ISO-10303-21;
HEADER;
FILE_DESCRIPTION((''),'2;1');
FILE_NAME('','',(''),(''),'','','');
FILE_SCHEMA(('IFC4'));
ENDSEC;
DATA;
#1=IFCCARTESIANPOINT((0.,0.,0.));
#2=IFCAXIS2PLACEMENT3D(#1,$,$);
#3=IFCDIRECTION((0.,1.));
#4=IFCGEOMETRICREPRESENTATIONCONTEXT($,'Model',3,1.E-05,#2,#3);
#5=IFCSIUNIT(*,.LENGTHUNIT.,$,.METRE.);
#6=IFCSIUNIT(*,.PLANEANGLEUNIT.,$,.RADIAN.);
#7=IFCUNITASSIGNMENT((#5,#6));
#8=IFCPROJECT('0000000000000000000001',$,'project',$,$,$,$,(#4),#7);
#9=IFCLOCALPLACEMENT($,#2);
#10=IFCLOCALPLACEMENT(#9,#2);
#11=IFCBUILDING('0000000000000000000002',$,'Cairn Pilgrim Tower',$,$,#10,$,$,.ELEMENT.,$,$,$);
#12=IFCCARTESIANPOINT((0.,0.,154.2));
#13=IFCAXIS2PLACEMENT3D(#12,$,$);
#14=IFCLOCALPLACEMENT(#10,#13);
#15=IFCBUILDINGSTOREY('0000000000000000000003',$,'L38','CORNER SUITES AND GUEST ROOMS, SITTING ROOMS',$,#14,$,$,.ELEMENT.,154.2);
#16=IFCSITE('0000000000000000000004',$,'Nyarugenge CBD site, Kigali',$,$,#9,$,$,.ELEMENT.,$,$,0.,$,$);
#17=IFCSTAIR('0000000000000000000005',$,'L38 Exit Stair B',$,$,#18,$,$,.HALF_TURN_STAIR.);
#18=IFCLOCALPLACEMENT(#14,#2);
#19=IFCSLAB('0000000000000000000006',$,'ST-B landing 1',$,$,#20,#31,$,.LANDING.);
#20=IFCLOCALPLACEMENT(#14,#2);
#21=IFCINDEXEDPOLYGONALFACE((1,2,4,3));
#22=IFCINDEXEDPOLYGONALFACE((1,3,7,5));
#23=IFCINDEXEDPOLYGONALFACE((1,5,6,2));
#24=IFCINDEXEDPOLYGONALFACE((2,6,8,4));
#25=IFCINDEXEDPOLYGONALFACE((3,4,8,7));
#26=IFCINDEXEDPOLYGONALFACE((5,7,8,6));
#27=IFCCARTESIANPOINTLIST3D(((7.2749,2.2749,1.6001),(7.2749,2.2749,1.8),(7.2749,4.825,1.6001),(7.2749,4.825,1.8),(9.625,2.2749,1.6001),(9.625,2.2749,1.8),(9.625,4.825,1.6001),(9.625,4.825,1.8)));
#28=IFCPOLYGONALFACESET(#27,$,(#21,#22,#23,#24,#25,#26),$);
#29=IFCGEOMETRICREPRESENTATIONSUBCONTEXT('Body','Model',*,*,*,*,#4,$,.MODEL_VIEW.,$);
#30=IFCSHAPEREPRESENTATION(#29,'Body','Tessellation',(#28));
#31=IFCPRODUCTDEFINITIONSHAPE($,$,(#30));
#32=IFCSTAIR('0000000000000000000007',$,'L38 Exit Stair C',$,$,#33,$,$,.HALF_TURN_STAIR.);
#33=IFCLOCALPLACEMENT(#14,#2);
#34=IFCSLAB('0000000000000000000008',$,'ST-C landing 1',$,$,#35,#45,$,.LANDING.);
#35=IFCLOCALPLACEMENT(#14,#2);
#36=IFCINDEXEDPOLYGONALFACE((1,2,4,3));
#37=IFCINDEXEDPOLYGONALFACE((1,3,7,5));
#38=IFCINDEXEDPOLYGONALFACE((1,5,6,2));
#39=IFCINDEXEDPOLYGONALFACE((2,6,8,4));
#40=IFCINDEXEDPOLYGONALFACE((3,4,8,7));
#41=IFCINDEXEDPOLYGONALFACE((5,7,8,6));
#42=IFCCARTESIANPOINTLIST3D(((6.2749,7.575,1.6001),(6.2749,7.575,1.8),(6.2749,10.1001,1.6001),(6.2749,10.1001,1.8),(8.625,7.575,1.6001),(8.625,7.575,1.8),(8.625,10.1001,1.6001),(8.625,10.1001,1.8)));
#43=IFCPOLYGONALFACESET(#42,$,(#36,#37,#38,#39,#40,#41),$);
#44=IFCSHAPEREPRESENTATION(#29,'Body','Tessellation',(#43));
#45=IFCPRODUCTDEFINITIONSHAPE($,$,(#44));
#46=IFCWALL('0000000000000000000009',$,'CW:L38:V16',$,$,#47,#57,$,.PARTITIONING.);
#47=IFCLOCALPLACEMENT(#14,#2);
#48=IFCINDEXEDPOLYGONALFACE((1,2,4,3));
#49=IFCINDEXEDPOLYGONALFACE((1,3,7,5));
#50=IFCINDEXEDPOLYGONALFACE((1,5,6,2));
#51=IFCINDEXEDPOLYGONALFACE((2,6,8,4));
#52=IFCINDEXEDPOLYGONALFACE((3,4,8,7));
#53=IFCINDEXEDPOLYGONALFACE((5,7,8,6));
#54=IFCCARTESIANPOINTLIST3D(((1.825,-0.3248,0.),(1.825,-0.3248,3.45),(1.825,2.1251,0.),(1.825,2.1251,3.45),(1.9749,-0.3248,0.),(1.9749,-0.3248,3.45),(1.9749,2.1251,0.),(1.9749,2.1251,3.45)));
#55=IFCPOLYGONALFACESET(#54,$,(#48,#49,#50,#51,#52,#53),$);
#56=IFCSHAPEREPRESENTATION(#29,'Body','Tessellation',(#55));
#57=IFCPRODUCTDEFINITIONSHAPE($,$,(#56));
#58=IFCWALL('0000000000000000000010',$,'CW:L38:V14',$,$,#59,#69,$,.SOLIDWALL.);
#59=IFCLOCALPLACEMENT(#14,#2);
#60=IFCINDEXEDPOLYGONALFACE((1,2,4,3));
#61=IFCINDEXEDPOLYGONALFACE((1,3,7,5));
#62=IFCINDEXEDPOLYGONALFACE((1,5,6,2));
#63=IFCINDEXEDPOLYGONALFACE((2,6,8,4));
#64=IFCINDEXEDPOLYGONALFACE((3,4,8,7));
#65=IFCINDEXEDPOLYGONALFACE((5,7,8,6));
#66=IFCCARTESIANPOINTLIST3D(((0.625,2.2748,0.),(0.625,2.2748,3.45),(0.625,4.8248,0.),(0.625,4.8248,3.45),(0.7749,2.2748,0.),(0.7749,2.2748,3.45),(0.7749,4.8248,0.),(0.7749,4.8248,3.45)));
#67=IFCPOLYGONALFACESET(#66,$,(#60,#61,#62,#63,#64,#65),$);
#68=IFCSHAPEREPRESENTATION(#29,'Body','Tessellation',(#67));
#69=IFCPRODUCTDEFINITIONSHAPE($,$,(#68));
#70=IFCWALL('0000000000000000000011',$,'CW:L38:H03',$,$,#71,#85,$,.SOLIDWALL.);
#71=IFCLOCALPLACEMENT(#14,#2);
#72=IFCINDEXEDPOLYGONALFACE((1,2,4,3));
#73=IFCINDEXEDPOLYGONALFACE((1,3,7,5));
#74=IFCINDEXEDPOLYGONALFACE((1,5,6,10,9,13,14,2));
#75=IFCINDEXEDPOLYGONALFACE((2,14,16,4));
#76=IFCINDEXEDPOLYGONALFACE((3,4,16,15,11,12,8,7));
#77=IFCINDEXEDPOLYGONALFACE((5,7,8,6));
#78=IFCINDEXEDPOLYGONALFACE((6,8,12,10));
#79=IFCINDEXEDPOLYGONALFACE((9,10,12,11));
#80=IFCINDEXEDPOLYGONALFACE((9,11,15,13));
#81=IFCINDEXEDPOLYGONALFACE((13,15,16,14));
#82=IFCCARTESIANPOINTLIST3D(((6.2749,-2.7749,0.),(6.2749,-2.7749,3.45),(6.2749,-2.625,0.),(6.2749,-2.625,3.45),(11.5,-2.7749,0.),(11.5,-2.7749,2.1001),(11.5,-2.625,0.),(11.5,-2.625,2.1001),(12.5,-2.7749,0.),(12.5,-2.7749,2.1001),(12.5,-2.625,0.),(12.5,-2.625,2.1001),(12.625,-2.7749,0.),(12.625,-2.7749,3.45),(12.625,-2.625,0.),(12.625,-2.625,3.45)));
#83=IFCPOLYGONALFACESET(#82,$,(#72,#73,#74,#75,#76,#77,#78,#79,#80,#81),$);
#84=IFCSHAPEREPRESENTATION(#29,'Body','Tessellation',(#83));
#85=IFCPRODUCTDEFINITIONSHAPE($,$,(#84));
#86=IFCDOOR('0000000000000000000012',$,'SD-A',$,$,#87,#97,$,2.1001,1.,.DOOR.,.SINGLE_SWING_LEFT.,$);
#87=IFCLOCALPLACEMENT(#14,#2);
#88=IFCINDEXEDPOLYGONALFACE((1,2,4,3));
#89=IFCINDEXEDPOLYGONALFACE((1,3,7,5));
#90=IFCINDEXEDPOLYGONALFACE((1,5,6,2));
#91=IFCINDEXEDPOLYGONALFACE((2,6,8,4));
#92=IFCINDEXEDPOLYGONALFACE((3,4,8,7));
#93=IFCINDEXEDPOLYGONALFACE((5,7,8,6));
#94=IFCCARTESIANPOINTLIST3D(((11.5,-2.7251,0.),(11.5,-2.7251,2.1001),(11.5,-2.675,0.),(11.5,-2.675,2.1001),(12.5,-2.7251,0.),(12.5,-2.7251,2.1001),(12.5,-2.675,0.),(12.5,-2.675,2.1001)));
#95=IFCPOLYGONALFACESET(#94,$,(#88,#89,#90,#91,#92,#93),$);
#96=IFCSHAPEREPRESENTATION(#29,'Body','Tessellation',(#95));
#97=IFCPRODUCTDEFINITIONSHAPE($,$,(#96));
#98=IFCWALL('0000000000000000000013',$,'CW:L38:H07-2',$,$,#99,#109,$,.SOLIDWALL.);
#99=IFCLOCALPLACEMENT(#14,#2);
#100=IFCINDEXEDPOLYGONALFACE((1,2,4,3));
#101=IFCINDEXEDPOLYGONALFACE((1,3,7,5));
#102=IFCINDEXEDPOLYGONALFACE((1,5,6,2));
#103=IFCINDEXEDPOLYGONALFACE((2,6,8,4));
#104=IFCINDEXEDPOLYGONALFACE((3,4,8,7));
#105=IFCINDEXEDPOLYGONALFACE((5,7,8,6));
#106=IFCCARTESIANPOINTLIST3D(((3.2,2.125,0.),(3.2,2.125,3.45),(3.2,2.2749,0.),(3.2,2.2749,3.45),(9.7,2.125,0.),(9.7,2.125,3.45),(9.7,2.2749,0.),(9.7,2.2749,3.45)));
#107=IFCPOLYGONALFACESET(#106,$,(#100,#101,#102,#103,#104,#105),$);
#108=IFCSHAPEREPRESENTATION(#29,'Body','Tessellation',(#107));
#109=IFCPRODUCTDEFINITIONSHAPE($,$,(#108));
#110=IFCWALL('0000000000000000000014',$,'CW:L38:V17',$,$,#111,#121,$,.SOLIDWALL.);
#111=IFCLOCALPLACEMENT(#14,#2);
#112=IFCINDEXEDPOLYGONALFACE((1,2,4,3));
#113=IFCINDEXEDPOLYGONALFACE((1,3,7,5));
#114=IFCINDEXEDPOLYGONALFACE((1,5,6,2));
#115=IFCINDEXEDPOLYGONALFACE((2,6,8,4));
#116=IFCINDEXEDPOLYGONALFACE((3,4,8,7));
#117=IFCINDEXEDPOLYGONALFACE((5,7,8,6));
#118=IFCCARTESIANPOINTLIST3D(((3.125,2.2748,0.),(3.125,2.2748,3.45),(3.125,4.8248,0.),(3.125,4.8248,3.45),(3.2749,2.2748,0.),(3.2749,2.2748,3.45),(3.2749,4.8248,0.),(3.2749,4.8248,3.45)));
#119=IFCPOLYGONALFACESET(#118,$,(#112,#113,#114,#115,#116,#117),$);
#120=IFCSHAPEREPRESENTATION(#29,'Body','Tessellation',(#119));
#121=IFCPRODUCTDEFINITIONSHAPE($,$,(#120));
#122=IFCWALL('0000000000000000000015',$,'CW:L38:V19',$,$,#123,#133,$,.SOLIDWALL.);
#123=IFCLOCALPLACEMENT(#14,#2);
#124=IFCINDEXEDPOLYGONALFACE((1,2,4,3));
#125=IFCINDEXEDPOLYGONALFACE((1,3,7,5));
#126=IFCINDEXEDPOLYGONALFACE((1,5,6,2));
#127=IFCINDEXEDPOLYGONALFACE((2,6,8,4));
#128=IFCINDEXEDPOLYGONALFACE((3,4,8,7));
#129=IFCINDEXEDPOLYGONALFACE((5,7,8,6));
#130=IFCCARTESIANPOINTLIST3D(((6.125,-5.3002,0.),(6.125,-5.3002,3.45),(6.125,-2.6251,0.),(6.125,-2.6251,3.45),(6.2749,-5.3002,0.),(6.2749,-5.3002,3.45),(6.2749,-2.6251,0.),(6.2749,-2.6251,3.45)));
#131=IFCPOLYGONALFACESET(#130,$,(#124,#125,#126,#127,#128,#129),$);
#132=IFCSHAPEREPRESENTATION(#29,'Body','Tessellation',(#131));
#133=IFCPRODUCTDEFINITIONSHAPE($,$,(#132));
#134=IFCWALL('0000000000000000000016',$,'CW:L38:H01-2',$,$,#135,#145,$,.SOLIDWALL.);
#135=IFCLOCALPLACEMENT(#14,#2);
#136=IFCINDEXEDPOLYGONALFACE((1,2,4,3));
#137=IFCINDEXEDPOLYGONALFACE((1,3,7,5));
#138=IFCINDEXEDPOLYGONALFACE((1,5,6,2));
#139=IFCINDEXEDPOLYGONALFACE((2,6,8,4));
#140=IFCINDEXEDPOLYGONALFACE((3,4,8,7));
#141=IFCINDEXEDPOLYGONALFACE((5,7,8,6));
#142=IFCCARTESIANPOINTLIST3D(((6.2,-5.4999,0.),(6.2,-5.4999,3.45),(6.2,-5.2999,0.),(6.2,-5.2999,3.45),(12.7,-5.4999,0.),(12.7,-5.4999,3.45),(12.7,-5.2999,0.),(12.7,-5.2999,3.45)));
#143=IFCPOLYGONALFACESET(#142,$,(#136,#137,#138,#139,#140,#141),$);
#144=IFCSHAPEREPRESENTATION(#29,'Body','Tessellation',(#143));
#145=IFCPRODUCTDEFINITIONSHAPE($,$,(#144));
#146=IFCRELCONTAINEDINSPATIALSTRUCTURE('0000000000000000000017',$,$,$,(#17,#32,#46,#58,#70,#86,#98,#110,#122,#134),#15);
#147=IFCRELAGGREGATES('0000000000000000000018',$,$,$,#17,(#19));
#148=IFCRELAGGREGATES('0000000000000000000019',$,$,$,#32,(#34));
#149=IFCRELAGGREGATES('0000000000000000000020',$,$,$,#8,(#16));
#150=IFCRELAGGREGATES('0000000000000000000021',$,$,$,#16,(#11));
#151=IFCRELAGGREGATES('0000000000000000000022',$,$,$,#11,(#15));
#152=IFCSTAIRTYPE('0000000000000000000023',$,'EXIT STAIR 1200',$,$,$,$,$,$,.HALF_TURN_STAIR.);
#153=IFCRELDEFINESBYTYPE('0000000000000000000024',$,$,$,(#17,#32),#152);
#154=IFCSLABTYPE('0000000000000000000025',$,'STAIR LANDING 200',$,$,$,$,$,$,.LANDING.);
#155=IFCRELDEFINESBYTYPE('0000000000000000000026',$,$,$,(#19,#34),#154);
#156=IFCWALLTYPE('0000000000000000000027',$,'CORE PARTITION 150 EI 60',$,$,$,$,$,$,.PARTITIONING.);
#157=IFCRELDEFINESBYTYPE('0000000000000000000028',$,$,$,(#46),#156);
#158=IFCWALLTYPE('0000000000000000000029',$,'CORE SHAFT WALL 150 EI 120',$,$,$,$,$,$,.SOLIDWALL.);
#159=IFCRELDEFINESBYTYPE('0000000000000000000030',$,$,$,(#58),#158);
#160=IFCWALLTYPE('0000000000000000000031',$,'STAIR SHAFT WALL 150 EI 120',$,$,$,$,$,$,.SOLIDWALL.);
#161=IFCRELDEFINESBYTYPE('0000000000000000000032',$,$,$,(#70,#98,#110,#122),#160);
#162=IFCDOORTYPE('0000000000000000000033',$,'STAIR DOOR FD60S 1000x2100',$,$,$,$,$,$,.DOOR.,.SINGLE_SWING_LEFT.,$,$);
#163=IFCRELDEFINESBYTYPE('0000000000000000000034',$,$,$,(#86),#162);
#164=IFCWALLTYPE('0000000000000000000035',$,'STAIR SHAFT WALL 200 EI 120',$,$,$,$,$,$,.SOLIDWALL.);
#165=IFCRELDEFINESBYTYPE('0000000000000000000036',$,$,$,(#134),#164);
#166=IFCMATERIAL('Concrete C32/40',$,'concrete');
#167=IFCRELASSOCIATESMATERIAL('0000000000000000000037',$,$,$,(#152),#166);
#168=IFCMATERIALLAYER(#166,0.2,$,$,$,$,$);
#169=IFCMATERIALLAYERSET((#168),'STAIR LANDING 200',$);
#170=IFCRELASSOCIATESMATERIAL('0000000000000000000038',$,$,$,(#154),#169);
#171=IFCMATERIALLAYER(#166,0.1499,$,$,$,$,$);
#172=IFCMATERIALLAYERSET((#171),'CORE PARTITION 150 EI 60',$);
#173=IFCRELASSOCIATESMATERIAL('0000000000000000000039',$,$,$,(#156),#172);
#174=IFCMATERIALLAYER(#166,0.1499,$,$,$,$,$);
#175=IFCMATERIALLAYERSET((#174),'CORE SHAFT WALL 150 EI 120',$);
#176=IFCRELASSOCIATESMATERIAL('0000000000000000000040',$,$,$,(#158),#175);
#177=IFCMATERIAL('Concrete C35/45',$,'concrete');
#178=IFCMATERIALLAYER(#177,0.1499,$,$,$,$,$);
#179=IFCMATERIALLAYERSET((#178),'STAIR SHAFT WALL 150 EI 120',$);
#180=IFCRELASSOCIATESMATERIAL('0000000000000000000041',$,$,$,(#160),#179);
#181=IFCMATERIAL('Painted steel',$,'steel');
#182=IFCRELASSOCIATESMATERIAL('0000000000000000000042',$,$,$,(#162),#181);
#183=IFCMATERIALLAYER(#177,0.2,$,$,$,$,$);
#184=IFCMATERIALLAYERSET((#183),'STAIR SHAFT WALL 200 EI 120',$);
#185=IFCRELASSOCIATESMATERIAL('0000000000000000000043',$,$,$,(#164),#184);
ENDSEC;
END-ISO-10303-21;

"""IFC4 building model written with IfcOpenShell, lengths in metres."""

from ifc_helpers import new_model, si_unit, direction, frame, frame_2d, origin, place, context, subcontext, project, spatial, polyline, rectangle, outline, extrude, material, layer, layer_set, type_object, element, fill, aggregate, save


model = new_model("IFC4")

# Units and contexts
model_context = context("Model", 3, precision=1e-05, world=origin(), true_north=direction((0.0, 1.0)))
body_context = subcontext(model_context, "Body", "Model", "MODEL_VIEW")
ifc_project = project(units=[si_unit("LENGTHUNIT", "METRE"), si_unit("PLANEANGLEUNIT", "RADIAN")], contexts=[model_context])

# Site, building, storey
site_placement = place(None, origin())
site = spatial("IfcSite", under=ifc_project, at=site_placement, Name="Nyarugenge CBD site, Kigali", CompositionType="ELEMENT", RefElevation=0.0)
building_placement = place(site_placement, origin())
building = spatial("IfcBuilding", under=site, at=building_placement, Name="Cairn Pilgrim Tower", CompositionType="ELEMENT")
storey_placement = place(building_placement, frame((0.0, 0.0, 154.2)))
storey = spatial("IfcBuildingStorey", under=building, at=storey_placement, Name="L38", Description="CORNER SUITES AND GUEST ROOMS, SITTING ROOMS", CompositionType="ELEMENT", Elevation=154.2)

# Shared definitions
ifc_material_1 = material(Name="Concrete C35/45", Category="concrete")

# Stairs, slabs
ifc_material_2 = material(Name="Concrete C32/40", Category="concrete")
stair_type = type_object("IfcStairType", Name="EXIT STAIR 1200", PredefinedType="HALF_TURN_STAIR", material=ifc_material_2)
ifc_layer_1 = layer(ifc_material_2, 0.2)
ifc_layer_set_1 = layer_set([ifc_layer_1], Name="STAIR LANDING 200")
slab_type_1 = type_object("IfcSlabType", Name="STAIR LANDING 200", PredefinedType="LANDING", material=ifc_layer_set_1)
stair_1_placement = place(storey_placement, origin())
stair_1 = element("IfcStair", 1, at=stair_1_placement, inside=storey, type_object=stair_type, Name="L38 Exit Stair B", PredefinedType="HALF_TURN_STAIR")
slab_1_placement = place(storey_placement, frame((0.0, 0.0, 1.6001)))
slab_1 = element("IfcSlab", 2, at=slab_1_placement, type_object=slab_type_1, Name="ST-B landing 1", PredefinedType="LANDING", context=body_context, shape_type="SweptSolid", body=[
    extrude(outline(polyline([(7.2749, 2.2749), (9.625, 2.2749), (9.625, 4.825), (7.2749, 4.825), (7.2749, 2.2749)])), origin(), (0.0, 0.0, 1.0), 0.2),
])
aggregate(stair_1, [slab_1])
stair_2_placement = place(storey_placement, origin())
stair_2 = element("IfcStair", 3, at=stair_2_placement, inside=storey, type_object=stair_type, Name="L38 Exit Stair C", PredefinedType="HALF_TURN_STAIR")
slab_2_placement = place(storey_placement, frame((0.0, 0.0, 1.6001)))
slab_2 = element("IfcSlab", 4, at=slab_2_placement, type_object=slab_type_1, Name="ST-C landing 1", PredefinedType="LANDING", context=body_context, shape_type="SweptSolid", body=[
    extrude(outline(polyline([(8.625, 10.1001), (6.2749, 10.1001), (6.2749, 7.575), (8.625, 7.575), (8.625, 10.1001)])), origin(), (0.0, 0.0, 1.0), 0.2),
])
aggregate(stair_2, [slab_2])

# Walls
ifc_layer_2 = layer(ifc_material_2, 0.1499)
ifc_layer_set_2 = layer_set([ifc_layer_2], Name="CORE PARTITION 150 EI 60")
wall_type_1 = type_object("IfcWallType", Name="CORE PARTITION 150 EI 60", PredefinedType="PARTITIONING", material=ifc_layer_set_2)
wall_1_placement = place(storey_placement, frame((1.8999, -0.325, 0.0), z_axis=(0.0, 0.0, 1.0), x_axis=(0.0, 1.0, 0.0)))
element("IfcWall", 5, at=wall_1_placement, inside=storey, type_object=wall_type_1, Name="CW:L38:V16", PredefinedType="PARTITIONING", context=body_context, shape_type="SweptSolid", body=[
    extrude(rectangle(XDim=2.45, YDim=0.1499, at=frame_2d((1.2251, 0.0))), origin(), (0.0, 0.0, 1.0), 3.45),
])
ifc_layer_3 = layer(ifc_material_2, 0.1499)
ifc_layer_set_3 = layer_set([ifc_layer_3], Name="CORE SHAFT WALL 150 EI 120")
wall_type_2 = type_object("IfcWallType", Name="CORE SHAFT WALL 150 EI 120", PredefinedType="SOLIDWALL", material=ifc_layer_set_3)
wall_2_placement = place(storey_placement, frame((0.7, 2.2749, 0.0), z_axis=(0.0, 0.0, 1.0), x_axis=(0.0, 1.0, 0.0)))
element("IfcWall", 6, at=wall_2_placement, inside=storey, type_object=wall_type_2, Name="CW:L38:V14", PredefinedType="SOLIDWALL", context=body_context, shape_type="SweptSolid", body=[
    extrude(rectangle(XDim=2.55, YDim=0.1499, at=frame_2d((1.2749, 0.0))), origin(), (0.0, 0.0, 1.0), 3.45),
])

# Wall, opening, door
ifc_layer_4 = layer(ifc_material_1, 0.1499)
ifc_layer_set_4 = layer_set([ifc_layer_4], Name="STAIR SHAFT WALL 150 EI 120")
wall_type_3 = type_object("IfcWallType", Name="STAIR SHAFT WALL 150 EI 120", PredefinedType="SOLIDWALL", material=ifc_layer_set_4)
wall_3_placement = place(storey_placement, frame((6.2749, -2.7, 0.0), z_axis=(0.0, 0.0, 1.0), x_axis=(1.0, 0.0, 0.0)))
wall_3 = element("IfcWall", 7, at=wall_3_placement, inside=storey, type_object=wall_type_3, Name="CW:L38:H03", PredefinedType="SOLIDWALL", context=body_context, shape_type="SweptSolid", body=[
    extrude(rectangle(XDim=6.3501, YDim=0.1499, at=frame_2d((3.175, 0.0))), origin(), (0.0, 0.0, 1.0), 3.45),
])
opening_placement = place(wall_3_placement, frame((5.2251, 0.0, 0.0)))
opening = element("IfcOpeningElement", 8, at=opening_placement, cuts=wall_3, PredefinedType="OPENING", context=body_context, shape_type="SweptSolid", body=[
    extrude(rectangle(XDim=1.0, YDim=2.1001, at=frame_2d((0.5, 1.05))), frame((0.0, 0.085, 0.0), z_axis=(0.0, -1.0, 0.0), x_axis=(1.0, 0.0, 0.0)), (0.0, 0.0, 1.0), 0.1699),
])
ifc_material_3 = material(Name="Painted steel", Category="steel")
door_type = type_object("IfcDoorType", Name="STAIR DOOR FD60S 1000x2100", OperationType="SINGLE_SWING_LEFT", PredefinedType="DOOR", material=ifc_material_3)
door_placement = place(opening_placement, origin())
door = element("IfcDoor", 9, at=door_placement, inside=storey, type_object=door_type, Name="SD-A", OperationType="SINGLE_SWING_LEFT", OverallHeight=2.1001, OverallWidth=1.0, PredefinedType="DOOR", context=body_context, shape_type="SweptSolid", body=[
    extrude(rectangle(XDim=1.0, YDim=2.1001, at=frame_2d((0.5, 1.05))), frame((0.0, 0.0249, 0.0), z_axis=(0.0, -1.0, 0.0), x_axis=(1.0, 0.0, 0.0)), (0.0, 0.0, 1.0), 0.05),
])
fill(opening, door)

# Walls
wall_4_placement = place(storey_placement, frame((3.2, 2.2, 0.0), z_axis=(0.0, 0.0, 1.0), x_axis=(1.0, 0.0, 0.0)))
element("IfcWall", 10, at=wall_4_placement, inside=storey, type_object=wall_type_3, Name="CW:L38:H07-2", PredefinedType="SOLIDWALL", context=body_context, shape_type="SweptSolid", body=[
    extrude(rectangle(XDim=6.5, YDim=0.1499, at=frame_2d((3.25, 0.0))), origin(), (0.0, 0.0, 1.0), 3.45),
])
wall_5_placement = place(storey_placement, frame((3.2, 2.2749, 0.0), z_axis=(0.0, 0.0, 1.0), x_axis=(0.0, 1.0, 0.0)))
element("IfcWall", 11, at=wall_5_placement, inside=storey, type_object=wall_type_3, Name="CW:L38:V17", PredefinedType="SOLIDWALL", context=body_context, shape_type="SweptSolid", body=[
    extrude(rectangle(XDim=2.55, YDim=0.1499, at=frame_2d((1.2749, 0.0))), origin(), (0.0, 0.0, 1.0), 3.45),
])
wall_6_placement = place(storey_placement, frame((6.2, -5.3, 0.0), z_axis=(0.0, 0.0, 1.0), x_axis=(0.0, 1.0, 0.0)))
element("IfcWall", 12, at=wall_6_placement, inside=storey, type_object=wall_type_3, Name="CW:L38:V19", PredefinedType="SOLIDWALL", context=body_context, shape_type="SweptSolid", body=[
    extrude(rectangle(XDim=2.675, YDim=0.1499, at=frame_2d((1.3374, 0.0))), origin(), (0.0, 0.0, 1.0), 3.45),
])
ifc_layer_5 = layer(ifc_material_1, 0.2)
ifc_layer_set_5 = layer_set([ifc_layer_5], Name="STAIR SHAFT WALL 200 EI 120")
wall_type_4 = type_object("IfcWallType", Name="STAIR SHAFT WALL 200 EI 120", PredefinedType="SOLIDWALL", material=ifc_layer_set_5)
wall_7_placement = place(storey_placement, frame((6.2, -5.3999, 0.0), z_axis=(0.0, 0.0, 1.0), x_axis=(1.0, 0.0, 0.0)))
element("IfcWall", 13, at=wall_7_placement, inside=storey, type_object=wall_type_4, Name="CW:L38:H01-2", PredefinedType="SOLIDWALL", context=body_context, shape_type="SweptSolid", body=[
    extrude(rectangle(XDim=6.5, YDim=0.2, at=frame_2d((3.25, 0.0))), origin(), (0.0, 0.0, 1.0), 3.45),
])

save(model, "model.ifc")
